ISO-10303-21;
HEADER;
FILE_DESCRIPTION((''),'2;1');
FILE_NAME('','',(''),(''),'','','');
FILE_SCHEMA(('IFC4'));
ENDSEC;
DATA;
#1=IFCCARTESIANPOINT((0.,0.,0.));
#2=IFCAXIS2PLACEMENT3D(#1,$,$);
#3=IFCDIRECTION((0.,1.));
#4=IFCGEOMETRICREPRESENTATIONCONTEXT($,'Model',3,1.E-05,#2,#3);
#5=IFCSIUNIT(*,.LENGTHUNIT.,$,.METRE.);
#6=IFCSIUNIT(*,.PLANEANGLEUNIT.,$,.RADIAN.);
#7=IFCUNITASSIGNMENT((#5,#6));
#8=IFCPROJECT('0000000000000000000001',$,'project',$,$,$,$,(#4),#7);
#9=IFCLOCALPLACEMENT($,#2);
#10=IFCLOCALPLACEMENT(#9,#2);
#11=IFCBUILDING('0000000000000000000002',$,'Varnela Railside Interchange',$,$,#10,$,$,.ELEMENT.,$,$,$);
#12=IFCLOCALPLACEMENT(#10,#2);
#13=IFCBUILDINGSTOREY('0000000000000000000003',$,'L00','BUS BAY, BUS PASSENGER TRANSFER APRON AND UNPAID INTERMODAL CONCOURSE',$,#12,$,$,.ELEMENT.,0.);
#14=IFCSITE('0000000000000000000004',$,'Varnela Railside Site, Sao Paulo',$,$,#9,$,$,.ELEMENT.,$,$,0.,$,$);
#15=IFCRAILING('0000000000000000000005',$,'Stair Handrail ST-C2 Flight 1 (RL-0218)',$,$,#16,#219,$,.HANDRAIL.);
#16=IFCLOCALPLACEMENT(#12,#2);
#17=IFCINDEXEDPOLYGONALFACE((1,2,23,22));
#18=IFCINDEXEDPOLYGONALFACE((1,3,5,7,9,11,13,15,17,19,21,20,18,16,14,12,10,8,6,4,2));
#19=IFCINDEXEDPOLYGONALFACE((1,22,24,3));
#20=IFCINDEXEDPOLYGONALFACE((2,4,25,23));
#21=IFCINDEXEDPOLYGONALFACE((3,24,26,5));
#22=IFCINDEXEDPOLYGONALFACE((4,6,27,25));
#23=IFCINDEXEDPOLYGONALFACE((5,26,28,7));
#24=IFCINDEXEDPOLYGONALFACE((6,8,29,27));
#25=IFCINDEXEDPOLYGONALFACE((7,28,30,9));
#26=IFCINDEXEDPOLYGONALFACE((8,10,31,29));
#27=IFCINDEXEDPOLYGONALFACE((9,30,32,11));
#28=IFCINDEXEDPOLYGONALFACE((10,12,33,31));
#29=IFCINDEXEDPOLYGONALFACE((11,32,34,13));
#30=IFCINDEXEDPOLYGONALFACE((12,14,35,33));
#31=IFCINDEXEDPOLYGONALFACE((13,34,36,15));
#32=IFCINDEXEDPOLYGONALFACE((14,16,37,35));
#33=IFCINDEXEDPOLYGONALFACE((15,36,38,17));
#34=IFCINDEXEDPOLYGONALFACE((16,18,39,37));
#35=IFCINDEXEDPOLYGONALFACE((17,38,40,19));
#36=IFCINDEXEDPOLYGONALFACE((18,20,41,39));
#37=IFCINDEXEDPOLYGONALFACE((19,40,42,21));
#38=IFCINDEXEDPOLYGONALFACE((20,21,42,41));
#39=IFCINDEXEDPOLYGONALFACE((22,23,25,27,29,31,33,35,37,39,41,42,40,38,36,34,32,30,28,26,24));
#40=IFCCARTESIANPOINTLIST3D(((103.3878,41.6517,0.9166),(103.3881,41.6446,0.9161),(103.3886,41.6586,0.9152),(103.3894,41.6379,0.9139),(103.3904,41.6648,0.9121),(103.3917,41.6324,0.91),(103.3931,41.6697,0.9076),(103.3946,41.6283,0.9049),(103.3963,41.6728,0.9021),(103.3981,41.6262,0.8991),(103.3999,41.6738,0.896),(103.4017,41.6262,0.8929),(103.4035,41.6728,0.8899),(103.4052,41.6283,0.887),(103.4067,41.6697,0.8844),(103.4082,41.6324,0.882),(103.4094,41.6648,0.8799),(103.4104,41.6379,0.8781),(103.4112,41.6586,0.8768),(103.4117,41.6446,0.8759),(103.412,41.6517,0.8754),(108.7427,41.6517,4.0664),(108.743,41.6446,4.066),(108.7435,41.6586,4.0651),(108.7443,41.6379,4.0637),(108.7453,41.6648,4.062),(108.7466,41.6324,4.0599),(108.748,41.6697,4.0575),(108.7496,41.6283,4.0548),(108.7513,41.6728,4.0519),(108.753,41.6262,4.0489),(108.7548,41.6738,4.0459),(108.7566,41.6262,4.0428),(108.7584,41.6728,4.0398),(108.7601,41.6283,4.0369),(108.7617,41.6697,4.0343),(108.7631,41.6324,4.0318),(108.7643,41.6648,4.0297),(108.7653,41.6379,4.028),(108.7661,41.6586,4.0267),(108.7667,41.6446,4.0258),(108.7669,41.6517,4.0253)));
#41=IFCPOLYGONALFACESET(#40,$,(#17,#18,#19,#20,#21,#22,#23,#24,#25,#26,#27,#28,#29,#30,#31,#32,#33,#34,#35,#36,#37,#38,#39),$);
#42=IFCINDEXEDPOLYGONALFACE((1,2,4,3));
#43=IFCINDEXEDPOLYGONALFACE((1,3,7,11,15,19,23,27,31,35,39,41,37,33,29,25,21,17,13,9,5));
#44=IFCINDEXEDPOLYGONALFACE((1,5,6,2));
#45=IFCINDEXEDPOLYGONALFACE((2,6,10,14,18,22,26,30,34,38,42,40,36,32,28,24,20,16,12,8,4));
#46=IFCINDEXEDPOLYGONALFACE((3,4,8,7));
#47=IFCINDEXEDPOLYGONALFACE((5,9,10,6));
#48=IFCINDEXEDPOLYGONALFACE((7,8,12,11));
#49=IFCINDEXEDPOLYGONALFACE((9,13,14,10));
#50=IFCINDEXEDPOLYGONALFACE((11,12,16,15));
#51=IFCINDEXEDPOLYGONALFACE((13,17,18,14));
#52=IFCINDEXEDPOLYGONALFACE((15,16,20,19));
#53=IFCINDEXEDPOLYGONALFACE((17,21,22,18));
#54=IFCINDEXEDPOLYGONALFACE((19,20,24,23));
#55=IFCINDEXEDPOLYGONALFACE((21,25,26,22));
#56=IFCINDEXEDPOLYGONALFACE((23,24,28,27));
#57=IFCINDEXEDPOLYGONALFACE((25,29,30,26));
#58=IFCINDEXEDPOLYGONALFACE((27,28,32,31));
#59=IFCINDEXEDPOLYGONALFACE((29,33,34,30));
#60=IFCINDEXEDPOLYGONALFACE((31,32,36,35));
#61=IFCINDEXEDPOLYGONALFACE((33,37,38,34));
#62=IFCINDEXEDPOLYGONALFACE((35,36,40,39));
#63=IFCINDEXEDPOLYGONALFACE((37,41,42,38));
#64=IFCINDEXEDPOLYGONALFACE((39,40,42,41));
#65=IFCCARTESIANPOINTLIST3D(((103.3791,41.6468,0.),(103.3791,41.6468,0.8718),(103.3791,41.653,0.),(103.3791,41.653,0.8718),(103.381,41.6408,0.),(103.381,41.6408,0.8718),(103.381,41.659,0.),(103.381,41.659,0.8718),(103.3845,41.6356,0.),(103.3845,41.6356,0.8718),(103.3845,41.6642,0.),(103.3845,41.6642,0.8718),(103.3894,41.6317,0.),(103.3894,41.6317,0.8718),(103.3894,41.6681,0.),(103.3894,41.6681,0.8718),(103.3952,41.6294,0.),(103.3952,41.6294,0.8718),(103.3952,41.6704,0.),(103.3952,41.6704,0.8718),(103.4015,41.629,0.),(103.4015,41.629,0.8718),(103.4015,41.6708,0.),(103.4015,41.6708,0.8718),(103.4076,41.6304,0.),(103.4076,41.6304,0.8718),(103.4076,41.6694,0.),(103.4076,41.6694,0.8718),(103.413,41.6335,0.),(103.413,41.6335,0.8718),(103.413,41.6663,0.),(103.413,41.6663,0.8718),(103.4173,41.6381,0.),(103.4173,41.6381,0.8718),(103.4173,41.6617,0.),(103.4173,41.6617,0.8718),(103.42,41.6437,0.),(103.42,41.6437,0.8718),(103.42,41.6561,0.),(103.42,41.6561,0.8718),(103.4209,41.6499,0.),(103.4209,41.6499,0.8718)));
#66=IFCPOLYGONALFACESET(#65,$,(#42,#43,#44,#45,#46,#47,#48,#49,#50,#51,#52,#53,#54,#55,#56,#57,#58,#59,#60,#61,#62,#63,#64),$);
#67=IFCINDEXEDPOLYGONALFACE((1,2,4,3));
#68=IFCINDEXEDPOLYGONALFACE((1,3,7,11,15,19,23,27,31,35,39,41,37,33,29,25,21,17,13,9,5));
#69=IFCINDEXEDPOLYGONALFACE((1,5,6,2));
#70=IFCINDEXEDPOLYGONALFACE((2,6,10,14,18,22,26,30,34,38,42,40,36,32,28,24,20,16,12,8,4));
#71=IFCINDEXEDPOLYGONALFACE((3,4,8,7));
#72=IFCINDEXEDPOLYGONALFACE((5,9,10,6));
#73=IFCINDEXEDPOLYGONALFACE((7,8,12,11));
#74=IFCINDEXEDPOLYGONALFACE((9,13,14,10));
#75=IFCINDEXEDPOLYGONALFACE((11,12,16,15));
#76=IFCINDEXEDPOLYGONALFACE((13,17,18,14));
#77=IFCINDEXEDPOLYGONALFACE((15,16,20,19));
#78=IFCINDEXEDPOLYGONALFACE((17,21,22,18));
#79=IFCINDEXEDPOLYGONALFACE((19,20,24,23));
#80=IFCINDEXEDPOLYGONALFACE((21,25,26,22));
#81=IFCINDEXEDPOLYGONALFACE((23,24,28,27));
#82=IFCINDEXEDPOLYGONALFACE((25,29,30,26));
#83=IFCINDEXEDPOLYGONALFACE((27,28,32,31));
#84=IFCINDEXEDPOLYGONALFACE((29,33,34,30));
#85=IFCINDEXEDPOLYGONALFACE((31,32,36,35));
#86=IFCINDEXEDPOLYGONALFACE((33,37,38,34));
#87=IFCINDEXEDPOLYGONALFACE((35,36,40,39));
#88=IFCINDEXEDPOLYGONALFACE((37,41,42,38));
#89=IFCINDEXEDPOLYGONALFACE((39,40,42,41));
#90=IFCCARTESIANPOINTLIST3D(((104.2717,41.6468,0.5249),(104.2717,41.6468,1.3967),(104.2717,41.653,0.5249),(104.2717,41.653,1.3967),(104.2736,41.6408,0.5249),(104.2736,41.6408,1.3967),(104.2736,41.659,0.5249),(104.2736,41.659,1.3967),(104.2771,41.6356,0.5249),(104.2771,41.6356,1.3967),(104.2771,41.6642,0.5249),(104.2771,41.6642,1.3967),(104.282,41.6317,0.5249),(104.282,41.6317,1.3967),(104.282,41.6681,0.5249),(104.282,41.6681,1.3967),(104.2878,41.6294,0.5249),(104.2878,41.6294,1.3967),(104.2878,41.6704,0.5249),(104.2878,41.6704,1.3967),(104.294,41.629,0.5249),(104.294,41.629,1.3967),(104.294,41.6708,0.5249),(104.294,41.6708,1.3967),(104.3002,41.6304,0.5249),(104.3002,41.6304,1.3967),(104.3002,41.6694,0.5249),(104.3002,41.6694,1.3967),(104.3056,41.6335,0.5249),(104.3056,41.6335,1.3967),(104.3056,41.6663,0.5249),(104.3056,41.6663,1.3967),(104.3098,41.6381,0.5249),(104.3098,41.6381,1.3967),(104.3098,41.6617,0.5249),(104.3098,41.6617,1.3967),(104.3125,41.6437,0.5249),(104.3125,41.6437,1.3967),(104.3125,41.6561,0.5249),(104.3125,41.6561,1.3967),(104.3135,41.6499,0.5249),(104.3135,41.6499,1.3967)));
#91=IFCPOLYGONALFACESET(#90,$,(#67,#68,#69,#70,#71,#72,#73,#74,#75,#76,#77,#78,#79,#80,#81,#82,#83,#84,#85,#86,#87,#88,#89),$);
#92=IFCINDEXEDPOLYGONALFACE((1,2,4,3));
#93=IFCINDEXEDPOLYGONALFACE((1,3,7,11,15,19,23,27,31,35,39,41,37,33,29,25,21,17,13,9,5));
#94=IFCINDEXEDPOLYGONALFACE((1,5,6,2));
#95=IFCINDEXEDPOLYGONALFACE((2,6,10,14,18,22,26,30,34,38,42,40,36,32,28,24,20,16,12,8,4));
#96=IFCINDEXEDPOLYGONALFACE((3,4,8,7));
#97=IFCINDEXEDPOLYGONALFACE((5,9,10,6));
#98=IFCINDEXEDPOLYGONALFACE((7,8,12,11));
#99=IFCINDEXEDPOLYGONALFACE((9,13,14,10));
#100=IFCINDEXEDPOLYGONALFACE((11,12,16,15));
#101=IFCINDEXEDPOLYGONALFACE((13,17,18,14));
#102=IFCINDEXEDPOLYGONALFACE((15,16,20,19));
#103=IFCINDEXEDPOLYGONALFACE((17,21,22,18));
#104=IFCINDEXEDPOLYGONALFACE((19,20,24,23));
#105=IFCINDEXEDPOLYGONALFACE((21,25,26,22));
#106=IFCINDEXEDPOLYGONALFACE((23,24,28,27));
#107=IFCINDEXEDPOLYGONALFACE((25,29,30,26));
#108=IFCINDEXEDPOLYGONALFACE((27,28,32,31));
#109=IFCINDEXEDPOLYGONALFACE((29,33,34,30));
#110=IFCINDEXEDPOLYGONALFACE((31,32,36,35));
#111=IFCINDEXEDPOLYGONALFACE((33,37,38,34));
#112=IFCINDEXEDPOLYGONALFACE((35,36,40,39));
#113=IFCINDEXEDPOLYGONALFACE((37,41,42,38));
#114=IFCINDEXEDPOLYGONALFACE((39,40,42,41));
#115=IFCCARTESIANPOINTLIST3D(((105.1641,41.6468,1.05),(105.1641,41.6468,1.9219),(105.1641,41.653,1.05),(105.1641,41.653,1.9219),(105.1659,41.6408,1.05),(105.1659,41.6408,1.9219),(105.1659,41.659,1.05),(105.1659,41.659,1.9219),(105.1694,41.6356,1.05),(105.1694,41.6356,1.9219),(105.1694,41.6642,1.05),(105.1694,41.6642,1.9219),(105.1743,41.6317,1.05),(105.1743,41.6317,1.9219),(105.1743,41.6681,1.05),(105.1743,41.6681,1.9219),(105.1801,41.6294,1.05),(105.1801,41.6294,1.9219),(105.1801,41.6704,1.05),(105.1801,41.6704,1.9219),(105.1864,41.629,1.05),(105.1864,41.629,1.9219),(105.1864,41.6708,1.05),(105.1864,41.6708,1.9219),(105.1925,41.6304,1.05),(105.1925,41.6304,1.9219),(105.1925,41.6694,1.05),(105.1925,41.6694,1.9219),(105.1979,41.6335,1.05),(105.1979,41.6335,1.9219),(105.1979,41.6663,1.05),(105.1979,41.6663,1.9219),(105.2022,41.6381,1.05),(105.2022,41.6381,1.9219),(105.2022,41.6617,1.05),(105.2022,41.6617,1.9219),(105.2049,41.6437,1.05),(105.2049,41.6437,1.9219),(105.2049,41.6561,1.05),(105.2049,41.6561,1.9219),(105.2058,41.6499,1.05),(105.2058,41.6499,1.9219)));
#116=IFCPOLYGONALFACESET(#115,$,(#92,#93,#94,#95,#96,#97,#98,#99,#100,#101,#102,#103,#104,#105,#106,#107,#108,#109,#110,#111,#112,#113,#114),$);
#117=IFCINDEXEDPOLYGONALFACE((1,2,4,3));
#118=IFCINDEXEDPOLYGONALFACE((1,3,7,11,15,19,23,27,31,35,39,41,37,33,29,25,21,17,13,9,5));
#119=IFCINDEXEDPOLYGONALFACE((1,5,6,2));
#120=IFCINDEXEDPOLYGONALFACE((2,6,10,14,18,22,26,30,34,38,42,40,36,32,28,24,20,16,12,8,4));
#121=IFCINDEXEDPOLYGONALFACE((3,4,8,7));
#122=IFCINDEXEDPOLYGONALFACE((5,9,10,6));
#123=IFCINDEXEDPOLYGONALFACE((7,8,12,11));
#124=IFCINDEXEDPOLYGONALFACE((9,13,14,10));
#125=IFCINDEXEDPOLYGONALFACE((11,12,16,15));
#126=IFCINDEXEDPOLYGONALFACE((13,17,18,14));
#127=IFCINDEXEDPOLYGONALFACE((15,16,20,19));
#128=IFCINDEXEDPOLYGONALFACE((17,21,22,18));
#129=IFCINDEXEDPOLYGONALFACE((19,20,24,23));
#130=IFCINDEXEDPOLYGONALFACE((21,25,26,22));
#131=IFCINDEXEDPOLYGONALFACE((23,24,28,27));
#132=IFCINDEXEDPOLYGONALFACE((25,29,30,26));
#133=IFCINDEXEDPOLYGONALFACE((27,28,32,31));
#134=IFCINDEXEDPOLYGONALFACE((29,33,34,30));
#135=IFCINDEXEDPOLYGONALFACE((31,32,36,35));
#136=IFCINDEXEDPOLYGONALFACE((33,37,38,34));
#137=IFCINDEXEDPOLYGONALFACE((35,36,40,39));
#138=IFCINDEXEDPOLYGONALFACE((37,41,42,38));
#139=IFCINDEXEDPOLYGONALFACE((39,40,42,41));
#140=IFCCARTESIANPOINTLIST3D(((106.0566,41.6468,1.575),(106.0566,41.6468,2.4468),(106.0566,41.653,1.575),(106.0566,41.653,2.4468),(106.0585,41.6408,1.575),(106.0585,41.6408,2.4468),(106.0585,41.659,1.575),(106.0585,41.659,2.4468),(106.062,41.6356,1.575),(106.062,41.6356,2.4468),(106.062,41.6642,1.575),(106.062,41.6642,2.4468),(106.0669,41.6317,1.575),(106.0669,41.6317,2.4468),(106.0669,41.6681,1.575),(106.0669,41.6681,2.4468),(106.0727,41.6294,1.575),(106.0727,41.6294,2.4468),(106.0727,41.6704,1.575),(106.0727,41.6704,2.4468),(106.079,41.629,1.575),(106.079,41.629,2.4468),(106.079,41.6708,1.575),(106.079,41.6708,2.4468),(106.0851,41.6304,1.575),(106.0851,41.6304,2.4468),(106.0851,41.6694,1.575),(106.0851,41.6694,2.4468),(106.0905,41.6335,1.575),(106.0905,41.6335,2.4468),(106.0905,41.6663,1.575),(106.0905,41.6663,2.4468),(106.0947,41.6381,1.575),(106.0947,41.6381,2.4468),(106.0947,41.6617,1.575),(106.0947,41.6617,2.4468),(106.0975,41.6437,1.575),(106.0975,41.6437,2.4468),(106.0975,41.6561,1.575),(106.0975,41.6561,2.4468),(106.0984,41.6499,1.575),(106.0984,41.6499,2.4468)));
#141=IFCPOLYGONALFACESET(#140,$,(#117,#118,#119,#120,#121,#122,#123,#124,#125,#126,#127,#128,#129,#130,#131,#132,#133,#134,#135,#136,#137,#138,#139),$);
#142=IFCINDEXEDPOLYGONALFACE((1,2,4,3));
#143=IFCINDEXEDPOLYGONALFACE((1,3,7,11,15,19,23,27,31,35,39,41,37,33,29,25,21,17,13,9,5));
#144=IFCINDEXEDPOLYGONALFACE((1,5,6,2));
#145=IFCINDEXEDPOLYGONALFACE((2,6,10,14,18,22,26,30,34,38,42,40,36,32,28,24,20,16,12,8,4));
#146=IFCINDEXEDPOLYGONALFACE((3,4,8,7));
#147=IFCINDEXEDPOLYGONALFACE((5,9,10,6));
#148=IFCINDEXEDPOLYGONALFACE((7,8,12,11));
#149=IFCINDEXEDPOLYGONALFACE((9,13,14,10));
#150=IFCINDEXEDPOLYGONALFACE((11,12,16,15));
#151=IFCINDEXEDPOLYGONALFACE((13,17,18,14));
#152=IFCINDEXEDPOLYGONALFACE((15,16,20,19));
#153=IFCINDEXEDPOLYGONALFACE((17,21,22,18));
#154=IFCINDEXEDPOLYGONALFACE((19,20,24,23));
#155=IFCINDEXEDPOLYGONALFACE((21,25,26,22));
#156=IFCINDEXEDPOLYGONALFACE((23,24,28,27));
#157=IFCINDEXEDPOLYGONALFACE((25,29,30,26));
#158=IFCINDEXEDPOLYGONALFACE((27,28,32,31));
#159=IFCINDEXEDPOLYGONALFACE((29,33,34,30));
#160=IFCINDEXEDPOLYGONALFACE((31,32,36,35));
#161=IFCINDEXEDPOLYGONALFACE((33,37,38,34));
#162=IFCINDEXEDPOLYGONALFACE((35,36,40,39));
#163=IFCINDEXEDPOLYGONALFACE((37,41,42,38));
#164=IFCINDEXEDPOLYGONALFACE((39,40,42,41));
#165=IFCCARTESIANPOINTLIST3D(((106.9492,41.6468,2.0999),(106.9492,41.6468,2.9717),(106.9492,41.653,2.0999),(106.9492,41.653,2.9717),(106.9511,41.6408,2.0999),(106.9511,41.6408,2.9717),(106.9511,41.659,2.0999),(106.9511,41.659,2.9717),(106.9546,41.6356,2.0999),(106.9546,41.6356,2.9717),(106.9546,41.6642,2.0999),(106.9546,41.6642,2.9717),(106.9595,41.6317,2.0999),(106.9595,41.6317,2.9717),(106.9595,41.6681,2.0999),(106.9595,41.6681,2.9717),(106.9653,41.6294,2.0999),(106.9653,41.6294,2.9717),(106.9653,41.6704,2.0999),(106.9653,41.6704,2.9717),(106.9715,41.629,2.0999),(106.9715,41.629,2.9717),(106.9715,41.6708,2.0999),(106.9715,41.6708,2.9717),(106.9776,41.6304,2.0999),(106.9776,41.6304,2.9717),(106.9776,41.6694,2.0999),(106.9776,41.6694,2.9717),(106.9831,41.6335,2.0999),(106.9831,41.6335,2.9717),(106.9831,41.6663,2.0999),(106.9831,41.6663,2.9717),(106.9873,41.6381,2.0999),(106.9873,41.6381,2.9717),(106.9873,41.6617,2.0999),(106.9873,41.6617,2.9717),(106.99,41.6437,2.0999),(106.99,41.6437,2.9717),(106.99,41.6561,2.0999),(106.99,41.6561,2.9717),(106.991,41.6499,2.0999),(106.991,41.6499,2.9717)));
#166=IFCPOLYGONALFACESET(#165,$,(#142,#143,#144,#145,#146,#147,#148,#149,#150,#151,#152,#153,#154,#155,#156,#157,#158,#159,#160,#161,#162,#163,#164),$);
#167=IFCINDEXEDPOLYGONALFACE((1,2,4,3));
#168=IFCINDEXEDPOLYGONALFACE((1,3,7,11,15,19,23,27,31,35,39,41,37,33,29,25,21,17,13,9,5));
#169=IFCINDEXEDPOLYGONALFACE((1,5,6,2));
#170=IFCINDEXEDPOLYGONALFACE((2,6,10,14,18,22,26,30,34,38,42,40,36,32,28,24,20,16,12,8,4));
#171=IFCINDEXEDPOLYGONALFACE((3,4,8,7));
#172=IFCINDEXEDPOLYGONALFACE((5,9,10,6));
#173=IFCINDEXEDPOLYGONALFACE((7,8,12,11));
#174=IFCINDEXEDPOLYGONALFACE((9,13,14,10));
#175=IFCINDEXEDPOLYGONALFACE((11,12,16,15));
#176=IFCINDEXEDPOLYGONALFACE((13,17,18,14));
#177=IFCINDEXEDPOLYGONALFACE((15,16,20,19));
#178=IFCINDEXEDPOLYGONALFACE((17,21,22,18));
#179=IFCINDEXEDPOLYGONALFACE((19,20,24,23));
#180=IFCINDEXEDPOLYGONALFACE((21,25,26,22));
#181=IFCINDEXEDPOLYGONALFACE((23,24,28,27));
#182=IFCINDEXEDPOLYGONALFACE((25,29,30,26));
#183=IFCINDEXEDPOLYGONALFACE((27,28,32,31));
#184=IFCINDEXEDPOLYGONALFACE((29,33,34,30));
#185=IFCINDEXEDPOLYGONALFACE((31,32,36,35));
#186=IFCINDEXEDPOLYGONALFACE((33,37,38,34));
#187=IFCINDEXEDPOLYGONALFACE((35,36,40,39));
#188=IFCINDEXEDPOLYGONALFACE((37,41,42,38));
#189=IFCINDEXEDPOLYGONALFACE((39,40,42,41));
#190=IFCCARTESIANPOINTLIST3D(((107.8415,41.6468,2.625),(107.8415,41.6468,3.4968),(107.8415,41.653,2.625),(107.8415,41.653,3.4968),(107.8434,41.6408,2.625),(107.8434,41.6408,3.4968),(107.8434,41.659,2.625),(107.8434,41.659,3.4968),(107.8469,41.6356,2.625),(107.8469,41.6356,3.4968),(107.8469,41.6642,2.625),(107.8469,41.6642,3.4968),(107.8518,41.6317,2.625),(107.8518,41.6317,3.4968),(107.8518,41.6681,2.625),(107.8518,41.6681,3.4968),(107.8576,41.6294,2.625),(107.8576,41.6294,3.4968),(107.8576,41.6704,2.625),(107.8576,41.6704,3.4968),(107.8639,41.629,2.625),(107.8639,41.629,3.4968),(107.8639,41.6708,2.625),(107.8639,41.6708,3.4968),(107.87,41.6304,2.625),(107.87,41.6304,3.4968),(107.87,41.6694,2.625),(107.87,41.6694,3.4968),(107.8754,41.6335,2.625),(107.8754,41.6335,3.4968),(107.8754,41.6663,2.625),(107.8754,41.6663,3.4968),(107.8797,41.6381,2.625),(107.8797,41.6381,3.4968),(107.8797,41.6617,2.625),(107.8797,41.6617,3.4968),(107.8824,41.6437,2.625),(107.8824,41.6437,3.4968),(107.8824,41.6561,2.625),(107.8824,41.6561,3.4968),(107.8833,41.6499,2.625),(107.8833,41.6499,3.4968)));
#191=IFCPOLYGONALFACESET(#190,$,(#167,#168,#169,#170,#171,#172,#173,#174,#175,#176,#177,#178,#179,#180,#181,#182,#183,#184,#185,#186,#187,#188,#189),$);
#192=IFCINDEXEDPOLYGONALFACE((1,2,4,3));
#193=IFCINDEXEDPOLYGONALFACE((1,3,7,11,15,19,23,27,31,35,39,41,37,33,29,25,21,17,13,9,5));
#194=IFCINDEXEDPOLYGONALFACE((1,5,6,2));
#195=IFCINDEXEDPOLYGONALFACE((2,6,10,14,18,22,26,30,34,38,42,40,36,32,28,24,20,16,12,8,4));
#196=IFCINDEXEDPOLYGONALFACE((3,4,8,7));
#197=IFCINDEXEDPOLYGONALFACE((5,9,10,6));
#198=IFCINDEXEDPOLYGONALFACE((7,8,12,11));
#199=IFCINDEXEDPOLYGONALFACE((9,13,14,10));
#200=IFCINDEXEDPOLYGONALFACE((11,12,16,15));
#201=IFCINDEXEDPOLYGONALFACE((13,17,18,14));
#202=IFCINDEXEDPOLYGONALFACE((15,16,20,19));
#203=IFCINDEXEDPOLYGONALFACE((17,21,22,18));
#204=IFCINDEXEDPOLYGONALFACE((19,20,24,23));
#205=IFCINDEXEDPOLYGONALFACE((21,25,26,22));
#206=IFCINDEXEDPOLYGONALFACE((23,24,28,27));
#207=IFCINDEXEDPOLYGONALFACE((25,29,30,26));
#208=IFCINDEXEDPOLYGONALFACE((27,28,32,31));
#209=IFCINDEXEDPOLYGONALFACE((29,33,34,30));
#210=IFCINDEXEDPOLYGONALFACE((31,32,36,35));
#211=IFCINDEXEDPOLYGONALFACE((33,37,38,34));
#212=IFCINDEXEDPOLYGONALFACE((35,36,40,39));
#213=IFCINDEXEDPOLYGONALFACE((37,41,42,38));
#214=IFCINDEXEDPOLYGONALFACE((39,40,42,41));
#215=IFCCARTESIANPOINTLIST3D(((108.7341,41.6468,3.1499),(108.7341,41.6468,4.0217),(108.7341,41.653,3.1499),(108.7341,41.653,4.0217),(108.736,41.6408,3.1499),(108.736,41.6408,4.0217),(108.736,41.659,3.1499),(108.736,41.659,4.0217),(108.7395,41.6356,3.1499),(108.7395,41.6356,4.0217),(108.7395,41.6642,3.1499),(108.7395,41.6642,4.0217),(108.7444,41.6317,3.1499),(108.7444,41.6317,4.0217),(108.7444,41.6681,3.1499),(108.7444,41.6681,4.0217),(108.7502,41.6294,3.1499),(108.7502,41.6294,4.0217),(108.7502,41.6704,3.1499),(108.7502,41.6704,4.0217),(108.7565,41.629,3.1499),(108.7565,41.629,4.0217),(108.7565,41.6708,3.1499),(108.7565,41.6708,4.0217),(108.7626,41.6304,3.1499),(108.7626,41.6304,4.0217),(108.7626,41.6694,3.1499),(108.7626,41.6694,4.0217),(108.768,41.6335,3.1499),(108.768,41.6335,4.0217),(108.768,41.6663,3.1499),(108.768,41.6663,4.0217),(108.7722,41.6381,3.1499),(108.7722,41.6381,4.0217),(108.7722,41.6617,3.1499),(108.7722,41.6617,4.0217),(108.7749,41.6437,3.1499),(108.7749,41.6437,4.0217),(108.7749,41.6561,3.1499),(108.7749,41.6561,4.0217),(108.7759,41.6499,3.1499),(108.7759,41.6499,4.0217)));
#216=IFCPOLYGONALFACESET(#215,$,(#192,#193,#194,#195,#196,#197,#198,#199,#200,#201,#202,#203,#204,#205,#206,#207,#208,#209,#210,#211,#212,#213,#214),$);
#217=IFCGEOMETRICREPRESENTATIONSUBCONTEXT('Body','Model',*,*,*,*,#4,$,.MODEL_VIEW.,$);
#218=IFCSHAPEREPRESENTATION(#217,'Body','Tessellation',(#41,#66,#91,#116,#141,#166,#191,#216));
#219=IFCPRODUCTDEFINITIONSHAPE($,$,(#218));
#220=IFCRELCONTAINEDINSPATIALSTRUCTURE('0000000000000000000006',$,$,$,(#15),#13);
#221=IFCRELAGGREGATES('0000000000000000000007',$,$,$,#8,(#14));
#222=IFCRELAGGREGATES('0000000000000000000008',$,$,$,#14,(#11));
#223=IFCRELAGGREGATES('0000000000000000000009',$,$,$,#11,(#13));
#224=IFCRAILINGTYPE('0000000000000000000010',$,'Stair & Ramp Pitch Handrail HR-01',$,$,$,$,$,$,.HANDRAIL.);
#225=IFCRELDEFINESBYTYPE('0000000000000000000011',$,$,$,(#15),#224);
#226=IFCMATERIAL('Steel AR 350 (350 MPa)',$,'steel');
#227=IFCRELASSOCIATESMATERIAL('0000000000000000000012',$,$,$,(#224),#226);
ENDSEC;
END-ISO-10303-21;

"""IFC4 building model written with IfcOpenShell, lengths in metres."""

from ifc_helpers import new_model, si_unit, direction, frame, origin, origin_2d, place, context, subcontext, project, spatial, circle, extrude, material, type_object, element, save


model = new_model("IFC4")

# Units and contexts
model_context = context("Model", 3, precision=1e-05, world=origin(), true_north=direction((0.0, 1.0)))
body_context = subcontext(model_context, "Body", "Model", "MODEL_VIEW")
ifc_project = project(units=[si_unit("LENGTHUNIT", "METRE"), si_unit("PLANEANGLEUNIT", "RADIAN")], contexts=[model_context])

# Site, building, storey
site_placement = place(None, origin())
site = spatial("IfcSite", under=ifc_project, at=site_placement, Name="Varnela Railside Site, Sao Paulo", CompositionType="ELEMENT", RefElevation=0.0)
building_placement = place(site_placement, origin())
building = spatial("IfcBuilding", under=site, at=building_placement, Name="Varnela Railside Interchange", CompositionType="ELEMENT")
storey_placement = place(building_placement, origin())
storey = spatial("IfcBuildingStorey", under=building, at=storey_placement, Name="L00", Description="BUS BAY, BUS PASSENGER TRANSFER APRON AND UNPAID INTERMODAL CONCOURSE", CompositionType="ELEMENT", Elevation=0.0)

# Shared definitions
ifc_material_1 = material(Name="Steel AR 350 (350 MPa)", Category="steel")

# Railing
railing_type_1 = type_object("IfcRailingType", Name="Stair & Ramp Pitch Handrail HR-01", PredefinedType="HANDRAIL", material=ifc_material_1)
railing_1_placement = place(storey_placement, frame((103.3999, 41.6499, 0.0)))
element("IfcRailing", 1, at=railing_1_placement, inside=storey, type_object=railing_type_1, Name="Stair Handrail ST-C2 Flight 1 (RL-0218)", PredefinedType="HANDRAIL", context=body_context, shape_type="SweptSolid", body=[
    extrude(circle(Radius=0.0239, at=origin_2d()), frame((0.0, 0.0, 0.896), z_axis=(0.86194, 0.0, 0.50701), x_axis=(0.0, 1.0, 0.0)), (0.0, 0.0, 1.0), 6.2126),
    extrude(circle(Radius=0.021, at=origin_2d()), origin(), (0.0, 0.0, 1.0), 0.8718),
    extrude(circle(Radius=0.021, at=origin_2d()), frame((0.8926, 0.0, 0.5249)), (0.0, 0.0, 1.0), 0.8718),
    extrude(circle(Radius=0.021, at=origin_2d()), frame((1.7849, 0.0, 1.05)), (0.0, 0.0, 1.0), 0.8718),
    extrude(circle(Radius=0.021, at=origin_2d()), frame((2.6775, 0.0, 1.575)), (0.0, 0.0, 1.0), 0.8718),
    extrude(circle(Radius=0.021, at=origin_2d()), frame((3.5701, 0.0, 2.0999)), (0.0, 0.0, 1.0), 0.8718),
    extrude(circle(Radius=0.021, at=origin_2d()), frame((4.4624, 0.0, 2.625)), (0.0, 0.0, 1.0), 0.8718),
    extrude(circle(Radius=0.021, at=origin_2d()), frame((5.355, 0.0, 3.1499)), (0.0, 0.0, 1.0), 0.8718),
])

save(model, "model.ifc")
